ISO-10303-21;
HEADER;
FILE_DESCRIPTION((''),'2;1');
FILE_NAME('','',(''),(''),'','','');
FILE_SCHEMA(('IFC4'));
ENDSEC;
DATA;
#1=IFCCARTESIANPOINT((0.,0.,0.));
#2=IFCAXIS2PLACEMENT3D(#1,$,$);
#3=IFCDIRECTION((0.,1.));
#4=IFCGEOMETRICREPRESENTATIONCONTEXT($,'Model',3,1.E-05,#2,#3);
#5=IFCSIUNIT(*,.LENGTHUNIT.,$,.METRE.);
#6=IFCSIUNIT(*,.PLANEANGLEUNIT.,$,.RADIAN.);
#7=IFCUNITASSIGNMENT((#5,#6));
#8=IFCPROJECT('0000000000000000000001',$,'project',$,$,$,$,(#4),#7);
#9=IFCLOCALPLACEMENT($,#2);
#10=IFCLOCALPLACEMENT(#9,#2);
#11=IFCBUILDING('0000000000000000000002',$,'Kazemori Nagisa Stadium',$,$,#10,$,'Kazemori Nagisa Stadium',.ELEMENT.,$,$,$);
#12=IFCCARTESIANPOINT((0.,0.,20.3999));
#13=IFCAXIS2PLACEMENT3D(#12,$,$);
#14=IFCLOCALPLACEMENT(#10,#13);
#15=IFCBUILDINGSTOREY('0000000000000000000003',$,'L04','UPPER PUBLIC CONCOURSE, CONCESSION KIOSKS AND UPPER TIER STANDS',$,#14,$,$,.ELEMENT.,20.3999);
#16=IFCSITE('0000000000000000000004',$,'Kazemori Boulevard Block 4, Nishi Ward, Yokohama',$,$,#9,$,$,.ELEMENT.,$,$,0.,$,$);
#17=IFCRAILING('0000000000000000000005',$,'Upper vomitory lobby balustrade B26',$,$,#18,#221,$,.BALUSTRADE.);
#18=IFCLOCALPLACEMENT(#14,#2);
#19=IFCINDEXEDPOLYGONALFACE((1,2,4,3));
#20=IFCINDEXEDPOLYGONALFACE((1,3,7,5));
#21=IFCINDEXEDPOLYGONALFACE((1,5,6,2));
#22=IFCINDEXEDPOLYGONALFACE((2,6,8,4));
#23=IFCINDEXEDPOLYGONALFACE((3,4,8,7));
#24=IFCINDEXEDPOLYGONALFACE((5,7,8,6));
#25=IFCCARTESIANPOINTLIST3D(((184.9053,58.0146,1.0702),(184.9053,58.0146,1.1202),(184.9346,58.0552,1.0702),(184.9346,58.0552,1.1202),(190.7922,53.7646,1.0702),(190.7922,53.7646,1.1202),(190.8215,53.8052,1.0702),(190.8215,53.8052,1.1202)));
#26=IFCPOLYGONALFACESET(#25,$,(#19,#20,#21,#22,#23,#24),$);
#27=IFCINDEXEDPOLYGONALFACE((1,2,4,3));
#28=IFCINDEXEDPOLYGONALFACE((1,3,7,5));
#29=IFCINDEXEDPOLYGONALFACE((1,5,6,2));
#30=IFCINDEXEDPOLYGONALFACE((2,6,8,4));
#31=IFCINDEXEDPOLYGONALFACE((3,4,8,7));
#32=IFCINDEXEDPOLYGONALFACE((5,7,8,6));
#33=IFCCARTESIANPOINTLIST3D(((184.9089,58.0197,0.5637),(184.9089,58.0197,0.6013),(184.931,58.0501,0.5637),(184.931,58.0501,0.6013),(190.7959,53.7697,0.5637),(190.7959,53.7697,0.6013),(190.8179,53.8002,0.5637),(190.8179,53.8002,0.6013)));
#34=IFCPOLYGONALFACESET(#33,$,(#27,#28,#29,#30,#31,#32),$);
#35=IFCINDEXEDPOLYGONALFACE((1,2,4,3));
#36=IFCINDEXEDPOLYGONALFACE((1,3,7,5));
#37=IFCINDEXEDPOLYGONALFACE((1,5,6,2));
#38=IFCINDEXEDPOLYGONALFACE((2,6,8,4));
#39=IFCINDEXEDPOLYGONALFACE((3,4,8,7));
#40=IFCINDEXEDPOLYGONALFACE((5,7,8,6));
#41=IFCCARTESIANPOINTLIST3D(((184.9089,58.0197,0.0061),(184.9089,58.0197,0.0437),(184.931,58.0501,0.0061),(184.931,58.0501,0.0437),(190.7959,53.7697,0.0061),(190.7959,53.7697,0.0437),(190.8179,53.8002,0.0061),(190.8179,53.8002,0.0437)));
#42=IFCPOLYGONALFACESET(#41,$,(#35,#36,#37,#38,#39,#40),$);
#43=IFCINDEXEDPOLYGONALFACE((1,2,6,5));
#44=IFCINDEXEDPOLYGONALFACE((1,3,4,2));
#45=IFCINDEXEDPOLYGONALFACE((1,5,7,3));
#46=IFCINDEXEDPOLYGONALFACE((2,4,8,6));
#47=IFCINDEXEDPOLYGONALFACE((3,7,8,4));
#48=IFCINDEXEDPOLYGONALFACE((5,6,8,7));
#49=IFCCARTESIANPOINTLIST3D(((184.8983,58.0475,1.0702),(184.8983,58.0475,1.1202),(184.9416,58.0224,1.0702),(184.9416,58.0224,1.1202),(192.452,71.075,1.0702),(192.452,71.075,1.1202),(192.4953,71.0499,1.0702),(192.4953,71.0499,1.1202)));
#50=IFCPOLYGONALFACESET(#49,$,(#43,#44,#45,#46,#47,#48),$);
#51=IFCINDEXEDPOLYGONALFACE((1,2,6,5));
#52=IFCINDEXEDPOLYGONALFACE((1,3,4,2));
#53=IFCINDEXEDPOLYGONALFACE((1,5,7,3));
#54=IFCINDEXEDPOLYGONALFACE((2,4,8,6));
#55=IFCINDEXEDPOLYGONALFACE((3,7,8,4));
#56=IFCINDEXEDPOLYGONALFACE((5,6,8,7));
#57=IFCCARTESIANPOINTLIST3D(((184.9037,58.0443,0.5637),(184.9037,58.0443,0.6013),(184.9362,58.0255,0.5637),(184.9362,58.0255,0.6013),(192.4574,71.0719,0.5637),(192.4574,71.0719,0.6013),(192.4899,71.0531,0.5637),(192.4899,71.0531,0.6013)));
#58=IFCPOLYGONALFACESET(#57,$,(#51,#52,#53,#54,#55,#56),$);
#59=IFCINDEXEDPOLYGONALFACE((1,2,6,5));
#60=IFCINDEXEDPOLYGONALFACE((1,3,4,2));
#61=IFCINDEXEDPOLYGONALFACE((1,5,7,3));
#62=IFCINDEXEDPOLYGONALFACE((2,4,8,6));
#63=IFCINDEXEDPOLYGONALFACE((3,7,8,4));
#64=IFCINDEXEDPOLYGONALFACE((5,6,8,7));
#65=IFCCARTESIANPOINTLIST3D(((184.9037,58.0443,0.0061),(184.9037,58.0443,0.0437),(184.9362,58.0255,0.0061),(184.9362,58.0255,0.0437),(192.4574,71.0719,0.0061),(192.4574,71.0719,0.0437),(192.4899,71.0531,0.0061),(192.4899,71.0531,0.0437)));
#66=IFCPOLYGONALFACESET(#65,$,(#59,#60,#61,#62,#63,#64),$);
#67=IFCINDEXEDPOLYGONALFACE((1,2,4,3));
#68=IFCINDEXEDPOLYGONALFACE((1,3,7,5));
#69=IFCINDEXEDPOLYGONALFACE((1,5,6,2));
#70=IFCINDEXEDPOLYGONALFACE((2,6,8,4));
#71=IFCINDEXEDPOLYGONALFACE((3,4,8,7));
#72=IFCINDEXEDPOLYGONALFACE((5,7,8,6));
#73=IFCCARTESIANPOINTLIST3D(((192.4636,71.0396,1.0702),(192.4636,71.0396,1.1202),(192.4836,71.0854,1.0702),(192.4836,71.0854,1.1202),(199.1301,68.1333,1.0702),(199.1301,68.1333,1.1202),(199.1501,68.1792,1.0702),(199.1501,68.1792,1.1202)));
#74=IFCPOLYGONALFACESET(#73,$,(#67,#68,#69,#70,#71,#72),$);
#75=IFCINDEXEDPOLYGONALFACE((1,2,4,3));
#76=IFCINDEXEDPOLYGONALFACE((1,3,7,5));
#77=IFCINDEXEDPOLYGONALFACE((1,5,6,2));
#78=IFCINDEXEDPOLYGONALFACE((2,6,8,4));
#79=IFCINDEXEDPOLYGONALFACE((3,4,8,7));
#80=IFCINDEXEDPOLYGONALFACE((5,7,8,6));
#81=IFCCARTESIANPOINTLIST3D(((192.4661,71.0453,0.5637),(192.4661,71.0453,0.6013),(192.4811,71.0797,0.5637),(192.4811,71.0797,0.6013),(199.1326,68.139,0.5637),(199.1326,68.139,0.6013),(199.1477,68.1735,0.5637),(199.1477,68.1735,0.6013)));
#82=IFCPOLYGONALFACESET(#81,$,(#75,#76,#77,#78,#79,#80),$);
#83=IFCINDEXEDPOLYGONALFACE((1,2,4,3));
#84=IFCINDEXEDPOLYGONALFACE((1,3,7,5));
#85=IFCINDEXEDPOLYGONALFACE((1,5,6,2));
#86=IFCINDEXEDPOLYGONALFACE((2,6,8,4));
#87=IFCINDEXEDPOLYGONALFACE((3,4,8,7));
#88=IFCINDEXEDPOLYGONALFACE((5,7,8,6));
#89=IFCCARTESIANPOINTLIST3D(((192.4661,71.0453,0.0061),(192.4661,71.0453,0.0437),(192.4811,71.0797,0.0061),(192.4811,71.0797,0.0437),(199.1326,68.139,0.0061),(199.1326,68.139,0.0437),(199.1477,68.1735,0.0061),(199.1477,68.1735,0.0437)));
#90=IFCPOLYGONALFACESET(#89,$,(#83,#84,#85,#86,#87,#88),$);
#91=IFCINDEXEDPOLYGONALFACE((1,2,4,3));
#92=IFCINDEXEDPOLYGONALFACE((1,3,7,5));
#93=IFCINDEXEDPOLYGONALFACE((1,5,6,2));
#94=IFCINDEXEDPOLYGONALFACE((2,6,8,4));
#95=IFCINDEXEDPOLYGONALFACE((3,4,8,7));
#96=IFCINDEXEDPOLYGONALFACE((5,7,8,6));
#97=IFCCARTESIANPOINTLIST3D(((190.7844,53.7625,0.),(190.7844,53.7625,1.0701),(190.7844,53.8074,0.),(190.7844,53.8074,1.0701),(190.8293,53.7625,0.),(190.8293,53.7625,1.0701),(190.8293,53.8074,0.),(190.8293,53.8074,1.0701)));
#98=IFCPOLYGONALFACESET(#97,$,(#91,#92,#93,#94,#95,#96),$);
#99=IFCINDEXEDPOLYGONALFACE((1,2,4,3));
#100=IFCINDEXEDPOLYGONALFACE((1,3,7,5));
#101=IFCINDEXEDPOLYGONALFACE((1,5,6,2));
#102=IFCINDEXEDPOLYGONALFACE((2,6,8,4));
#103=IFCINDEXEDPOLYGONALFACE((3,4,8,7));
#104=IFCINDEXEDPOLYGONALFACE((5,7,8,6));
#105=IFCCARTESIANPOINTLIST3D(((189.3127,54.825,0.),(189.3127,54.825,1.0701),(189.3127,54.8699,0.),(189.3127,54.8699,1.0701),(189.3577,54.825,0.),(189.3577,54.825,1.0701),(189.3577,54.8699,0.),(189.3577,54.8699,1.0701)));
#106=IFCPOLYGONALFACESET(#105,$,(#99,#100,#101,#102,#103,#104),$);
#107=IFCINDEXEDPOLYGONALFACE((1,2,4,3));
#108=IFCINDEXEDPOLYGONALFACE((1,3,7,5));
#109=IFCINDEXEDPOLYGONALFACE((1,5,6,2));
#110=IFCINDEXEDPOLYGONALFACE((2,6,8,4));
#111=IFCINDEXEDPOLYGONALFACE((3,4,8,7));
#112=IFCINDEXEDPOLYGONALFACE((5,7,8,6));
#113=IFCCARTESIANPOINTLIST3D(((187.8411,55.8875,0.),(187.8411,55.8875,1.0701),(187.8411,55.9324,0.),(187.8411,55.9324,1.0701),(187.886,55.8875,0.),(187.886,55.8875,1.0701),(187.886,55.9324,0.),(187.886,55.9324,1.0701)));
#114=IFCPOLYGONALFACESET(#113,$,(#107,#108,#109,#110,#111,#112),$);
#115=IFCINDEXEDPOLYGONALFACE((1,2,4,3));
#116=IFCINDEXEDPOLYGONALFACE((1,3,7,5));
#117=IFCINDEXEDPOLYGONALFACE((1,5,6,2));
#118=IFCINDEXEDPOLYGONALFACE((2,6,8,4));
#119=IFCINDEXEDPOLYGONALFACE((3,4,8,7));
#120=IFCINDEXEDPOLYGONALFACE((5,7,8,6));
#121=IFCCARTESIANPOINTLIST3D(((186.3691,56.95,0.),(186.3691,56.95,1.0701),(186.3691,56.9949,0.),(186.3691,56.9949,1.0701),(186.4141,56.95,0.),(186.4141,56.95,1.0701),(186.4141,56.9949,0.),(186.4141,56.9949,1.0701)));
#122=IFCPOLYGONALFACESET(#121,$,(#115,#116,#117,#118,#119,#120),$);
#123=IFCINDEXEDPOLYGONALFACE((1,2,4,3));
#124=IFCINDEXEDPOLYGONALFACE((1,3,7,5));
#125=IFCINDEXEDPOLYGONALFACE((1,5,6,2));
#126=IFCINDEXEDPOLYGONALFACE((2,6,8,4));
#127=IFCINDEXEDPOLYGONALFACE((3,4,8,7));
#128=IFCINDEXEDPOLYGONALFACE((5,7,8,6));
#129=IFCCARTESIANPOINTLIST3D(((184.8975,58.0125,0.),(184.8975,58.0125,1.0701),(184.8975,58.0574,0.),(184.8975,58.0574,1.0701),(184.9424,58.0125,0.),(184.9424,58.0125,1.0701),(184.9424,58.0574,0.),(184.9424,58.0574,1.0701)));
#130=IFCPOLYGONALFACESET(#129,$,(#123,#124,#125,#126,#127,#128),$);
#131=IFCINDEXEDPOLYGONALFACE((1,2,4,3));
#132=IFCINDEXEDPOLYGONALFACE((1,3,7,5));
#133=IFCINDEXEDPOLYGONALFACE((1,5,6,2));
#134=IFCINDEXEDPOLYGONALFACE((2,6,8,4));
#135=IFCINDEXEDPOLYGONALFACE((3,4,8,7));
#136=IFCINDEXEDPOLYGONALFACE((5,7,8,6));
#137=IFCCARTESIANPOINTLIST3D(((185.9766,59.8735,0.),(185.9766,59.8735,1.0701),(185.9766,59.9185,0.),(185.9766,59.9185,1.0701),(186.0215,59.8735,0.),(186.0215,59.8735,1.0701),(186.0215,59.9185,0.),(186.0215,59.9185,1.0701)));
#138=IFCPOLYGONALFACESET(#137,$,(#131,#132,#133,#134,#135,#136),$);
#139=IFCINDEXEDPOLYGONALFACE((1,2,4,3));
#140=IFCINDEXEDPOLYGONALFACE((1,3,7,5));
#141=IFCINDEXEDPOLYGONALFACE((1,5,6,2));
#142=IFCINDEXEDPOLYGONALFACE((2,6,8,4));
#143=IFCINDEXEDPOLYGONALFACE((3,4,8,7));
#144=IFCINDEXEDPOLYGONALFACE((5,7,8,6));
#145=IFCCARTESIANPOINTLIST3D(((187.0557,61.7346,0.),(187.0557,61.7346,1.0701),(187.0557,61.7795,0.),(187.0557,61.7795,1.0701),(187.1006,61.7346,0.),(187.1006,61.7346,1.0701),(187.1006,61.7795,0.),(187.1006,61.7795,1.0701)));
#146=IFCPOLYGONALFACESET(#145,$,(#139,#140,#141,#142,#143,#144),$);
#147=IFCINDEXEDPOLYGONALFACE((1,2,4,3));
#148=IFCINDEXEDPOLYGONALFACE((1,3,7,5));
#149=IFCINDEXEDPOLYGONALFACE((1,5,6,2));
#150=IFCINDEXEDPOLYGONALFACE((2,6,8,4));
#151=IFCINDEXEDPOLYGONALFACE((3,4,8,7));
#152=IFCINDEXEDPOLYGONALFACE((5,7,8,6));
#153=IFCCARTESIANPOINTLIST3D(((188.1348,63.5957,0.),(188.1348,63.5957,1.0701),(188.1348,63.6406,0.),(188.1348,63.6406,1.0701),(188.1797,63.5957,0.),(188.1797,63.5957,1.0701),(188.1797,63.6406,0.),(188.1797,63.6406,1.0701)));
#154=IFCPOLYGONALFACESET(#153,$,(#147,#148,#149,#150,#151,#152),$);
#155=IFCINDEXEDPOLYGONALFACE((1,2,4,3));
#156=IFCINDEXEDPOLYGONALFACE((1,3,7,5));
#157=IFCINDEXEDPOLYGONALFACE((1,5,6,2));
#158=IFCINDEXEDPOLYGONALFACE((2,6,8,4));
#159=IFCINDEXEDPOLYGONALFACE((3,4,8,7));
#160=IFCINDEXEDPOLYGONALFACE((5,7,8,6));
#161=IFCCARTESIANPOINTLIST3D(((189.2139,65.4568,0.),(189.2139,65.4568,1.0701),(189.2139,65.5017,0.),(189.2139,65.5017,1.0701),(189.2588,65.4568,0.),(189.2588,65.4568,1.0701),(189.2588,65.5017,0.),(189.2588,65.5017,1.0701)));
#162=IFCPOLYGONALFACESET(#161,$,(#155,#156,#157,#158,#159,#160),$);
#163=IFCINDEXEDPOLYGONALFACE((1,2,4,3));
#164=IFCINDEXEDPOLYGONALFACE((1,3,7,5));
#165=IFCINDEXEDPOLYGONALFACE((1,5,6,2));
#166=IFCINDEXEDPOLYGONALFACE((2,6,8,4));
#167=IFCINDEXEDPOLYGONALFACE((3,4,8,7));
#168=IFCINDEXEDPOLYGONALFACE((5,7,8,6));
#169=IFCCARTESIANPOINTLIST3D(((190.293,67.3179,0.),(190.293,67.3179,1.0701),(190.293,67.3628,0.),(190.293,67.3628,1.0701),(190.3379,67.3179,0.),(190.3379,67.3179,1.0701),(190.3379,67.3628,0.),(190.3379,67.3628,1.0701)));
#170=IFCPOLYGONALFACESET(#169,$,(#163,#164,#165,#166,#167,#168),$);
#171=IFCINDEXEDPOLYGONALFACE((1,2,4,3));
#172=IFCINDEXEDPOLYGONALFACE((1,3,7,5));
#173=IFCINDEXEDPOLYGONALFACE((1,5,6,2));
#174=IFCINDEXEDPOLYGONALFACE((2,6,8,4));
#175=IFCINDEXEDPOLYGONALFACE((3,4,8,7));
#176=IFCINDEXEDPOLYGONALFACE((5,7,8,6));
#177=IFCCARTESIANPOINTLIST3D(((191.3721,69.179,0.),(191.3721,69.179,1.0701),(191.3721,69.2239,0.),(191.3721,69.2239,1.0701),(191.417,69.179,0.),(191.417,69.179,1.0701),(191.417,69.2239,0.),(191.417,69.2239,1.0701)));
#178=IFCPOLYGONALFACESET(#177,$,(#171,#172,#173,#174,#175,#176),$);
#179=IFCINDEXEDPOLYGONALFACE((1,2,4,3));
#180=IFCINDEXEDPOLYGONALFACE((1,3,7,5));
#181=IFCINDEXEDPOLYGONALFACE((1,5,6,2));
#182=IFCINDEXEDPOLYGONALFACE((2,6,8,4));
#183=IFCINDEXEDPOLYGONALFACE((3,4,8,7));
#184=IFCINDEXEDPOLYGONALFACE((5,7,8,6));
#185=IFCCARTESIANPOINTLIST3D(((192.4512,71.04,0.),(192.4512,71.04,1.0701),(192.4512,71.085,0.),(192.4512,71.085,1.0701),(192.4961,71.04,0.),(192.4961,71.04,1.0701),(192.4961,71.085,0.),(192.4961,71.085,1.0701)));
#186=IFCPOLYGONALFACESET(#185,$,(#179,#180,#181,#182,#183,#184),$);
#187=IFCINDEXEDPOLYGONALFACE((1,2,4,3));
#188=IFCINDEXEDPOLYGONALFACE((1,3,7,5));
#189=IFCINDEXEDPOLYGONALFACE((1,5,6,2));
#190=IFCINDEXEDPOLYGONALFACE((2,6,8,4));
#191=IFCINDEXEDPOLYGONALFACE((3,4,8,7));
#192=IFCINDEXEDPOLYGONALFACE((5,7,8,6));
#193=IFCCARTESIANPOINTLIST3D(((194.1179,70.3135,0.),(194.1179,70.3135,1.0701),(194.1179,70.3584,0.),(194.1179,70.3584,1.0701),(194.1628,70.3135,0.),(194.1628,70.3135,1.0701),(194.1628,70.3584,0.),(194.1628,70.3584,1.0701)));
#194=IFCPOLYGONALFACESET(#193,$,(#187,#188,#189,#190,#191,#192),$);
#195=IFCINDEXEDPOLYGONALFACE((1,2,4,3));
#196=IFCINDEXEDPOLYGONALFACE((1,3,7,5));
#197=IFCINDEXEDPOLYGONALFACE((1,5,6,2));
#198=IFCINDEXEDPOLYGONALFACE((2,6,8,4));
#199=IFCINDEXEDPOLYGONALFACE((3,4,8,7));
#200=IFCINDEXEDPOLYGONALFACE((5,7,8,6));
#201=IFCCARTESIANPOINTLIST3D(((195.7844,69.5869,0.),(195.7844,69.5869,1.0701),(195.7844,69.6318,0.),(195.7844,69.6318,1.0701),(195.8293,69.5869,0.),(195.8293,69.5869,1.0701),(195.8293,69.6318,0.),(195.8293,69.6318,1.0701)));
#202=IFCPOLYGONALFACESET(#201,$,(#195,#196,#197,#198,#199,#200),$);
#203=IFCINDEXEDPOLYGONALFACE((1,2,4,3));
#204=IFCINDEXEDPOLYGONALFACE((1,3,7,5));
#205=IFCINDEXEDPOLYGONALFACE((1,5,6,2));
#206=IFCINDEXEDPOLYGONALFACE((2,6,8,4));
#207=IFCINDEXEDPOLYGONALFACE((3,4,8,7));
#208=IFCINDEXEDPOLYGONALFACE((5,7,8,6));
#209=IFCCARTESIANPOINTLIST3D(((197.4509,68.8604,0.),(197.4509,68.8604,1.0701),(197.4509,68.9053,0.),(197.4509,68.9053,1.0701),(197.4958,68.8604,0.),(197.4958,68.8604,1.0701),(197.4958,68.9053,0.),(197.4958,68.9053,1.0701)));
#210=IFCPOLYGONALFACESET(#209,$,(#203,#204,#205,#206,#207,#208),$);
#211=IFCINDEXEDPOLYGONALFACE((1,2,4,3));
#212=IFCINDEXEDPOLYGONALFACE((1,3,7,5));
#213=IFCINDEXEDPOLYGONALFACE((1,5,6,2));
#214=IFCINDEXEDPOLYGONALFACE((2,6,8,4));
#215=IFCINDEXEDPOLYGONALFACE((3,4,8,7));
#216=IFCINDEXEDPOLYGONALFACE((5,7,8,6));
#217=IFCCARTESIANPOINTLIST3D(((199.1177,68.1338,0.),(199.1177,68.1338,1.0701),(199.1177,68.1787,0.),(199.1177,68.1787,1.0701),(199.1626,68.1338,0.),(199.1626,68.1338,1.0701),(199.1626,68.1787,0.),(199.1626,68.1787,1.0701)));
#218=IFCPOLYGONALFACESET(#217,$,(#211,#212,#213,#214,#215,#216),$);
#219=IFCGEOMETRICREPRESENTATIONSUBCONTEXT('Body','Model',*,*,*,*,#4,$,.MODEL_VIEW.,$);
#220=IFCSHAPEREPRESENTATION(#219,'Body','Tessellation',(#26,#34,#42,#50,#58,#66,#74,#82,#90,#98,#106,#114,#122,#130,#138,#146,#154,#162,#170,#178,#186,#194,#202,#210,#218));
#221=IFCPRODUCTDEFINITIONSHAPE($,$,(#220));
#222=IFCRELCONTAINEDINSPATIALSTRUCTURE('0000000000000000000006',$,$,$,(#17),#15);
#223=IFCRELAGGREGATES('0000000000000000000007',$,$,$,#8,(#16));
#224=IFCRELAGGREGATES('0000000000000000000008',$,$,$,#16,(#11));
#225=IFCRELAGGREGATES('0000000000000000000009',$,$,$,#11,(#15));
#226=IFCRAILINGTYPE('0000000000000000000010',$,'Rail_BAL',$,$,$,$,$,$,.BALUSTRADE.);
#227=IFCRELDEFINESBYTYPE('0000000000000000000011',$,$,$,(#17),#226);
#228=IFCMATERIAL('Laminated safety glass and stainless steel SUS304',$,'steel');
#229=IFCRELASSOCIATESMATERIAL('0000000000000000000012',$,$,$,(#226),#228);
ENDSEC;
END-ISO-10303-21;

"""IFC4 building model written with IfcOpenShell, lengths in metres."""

from ifc_helpers import new_model, si_unit, direction, frame, origin, origin_2d, place, context, subcontext, project, spatial, rectangle, extrude, material, type_object, element, save


model = new_model("IFC4")

# Units and contexts
model_context = context("Model", 3, precision=1e-05, world=origin(), true_north=direction((0.0, 1.0)))
body_context = subcontext(model_context, "Body", "Model", "MODEL_VIEW")
ifc_project = project(units=[si_unit("LENGTHUNIT", "METRE"), si_unit("PLANEANGLEUNIT", "RADIAN")], contexts=[model_context])

# Site, building, storey
site_placement = place(None, origin())
site = spatial("IfcSite", under=ifc_project, at=site_placement, Name="Kazemori Boulevard Block 4, Nishi Ward, Yokohama", CompositionType="ELEMENT", RefElevation=0.0)
building_placement = place(site_placement, origin())
building = spatial("IfcBuilding", under=site, at=building_placement, Name="Kazemori Nagisa Stadium", LongName="Kazemori Nagisa Stadium", CompositionType="ELEMENT")
storey_placement = place(building_placement, frame((0.0, 0.0, 20.3999)))
storey = spatial("IfcBuildingStorey", under=building, at=storey_placement, Name="L04", Description="UPPER PUBLIC CONCOURSE, CONCESSION KIOSKS AND UPPER TIER STANDS", CompositionType="ELEMENT", Elevation=20.3999)

# Railing
ifc_material_1 = material(Name="Laminated safety glass and stainless steel SUS304", Category="steel")
railing_type_1 = type_object("IfcRailingType", Name="Rail_BAL", PredefinedType="BALUSTRADE", material=ifc_material_1)
railing_1_placement = place(storey_placement, frame((190.8069, 53.7849, 0.0)))
element("IfcRailing", 1, at=railing_1_placement, inside=storey, type_object=railing_type_1, Name="Upper vomitory lobby balustrade B26", PredefinedType="BALUSTRADE", context=body_context, shape_type="SweptSolid", body=[
    extrude(rectangle(XDim=0.05, YDim=0.05, at=origin_2d()), frame((0.0, 0.0, 1.0952), z_axis=(-0.81079, 0.585337, 0.0), x_axis=(-0.585337, -0.81079, 0.0)), (0.0, 0.0, 1.0), 7.2607),
    extrude(rectangle(XDim=0.0376, YDim=0.0376, at=origin_2d()), frame((0.0, 0.0, 0.5825), z_axis=(-0.81079, 0.585337, 0.0), x_axis=(-0.585337, -0.81079, 0.0)), (0.0, 0.0, 1.0), 7.2607),
    extrude(rectangle(XDim=0.0376, YDim=0.0376, at=origin_2d()), frame((0.0, 0.0, 0.0249), z_axis=(-0.81079, 0.585337, 0.0), x_axis=(-0.585337, -0.81079, 0.0)), (0.0, 0.0, 1.0), 7.2607),
    extrude(rectangle(XDim=0.05, YDim=0.05, at=origin_2d()), frame((-5.887, 4.25, 1.0952), z_axis=(0.501604, 0.865097, 0.0), x_axis=(-0.865097, 0.501604, 0.0)), (0.0, 0.0, 1.0), 15.0591),
    extrude(rectangle(XDim=0.0376, YDim=0.0376, at=origin_2d()), frame((-5.887, 4.25, 0.5825), z_axis=(0.501604, 0.865097, 0.0), x_axis=(-0.865097, 0.501604, 0.0)), (0.0, 0.0, 1.0), 15.0591),
    extrude(rectangle(XDim=0.0376, YDim=0.0376, at=origin_2d()), frame((-5.887, 4.25, 0.0249), z_axis=(0.501604, 0.865097, 0.0), x_axis=(-0.865097, 0.501604, 0.0)), (0.0, 0.0, 1.0), 15.0591),
    extrude(rectangle(XDim=0.05, YDim=0.05, at=origin_2d()), frame((1.6667, 17.2776, 1.0952), z_axis=(0.916679, -0.399624, 0.0), x_axis=(0.399624, 0.916679, 0.0)), (0.0, 0.0, 1.0), 7.2725),
    extrude(rectangle(XDim=0.0376, YDim=0.0376, at=origin_2d()), frame((1.6667, 17.2776, 0.5825), z_axis=(0.916679, -0.399624, 0.0), x_axis=(0.399624, 0.916679, 0.0)), (0.0, 0.0, 1.0), 7.2725),
    extrude(rectangle(XDim=0.0376, YDim=0.0376, at=origin_2d()), frame((1.6667, 17.2776, 0.0249), z_axis=(0.916679, -0.399624, 0.0), x_axis=(0.399624, 0.916679, 0.0)), (0.0, 0.0, 1.0), 7.2725),
    extrude(rectangle(XDim=0.0449, YDim=0.0449, at=origin_2d()), origin(), (0.0, 0.0, 1.0), 1.0701),
    extrude(rectangle(XDim=0.0449, YDim=0.0449, at=origin_2d()), frame((-1.4717, 1.0625, 0.0)), (0.0, 0.0, 1.0), 1.0701),
    extrude(rectangle(XDim=0.0449, YDim=0.0449, at=origin_2d()), frame((-2.9434, 2.125, 0.0)), (0.0, 0.0, 1.0), 1.0701),
    extrude(rectangle(XDim=0.0449, YDim=0.0449, at=origin_2d()), frame((-4.4153, 3.1875, 0.0)), (0.0, 0.0, 1.0), 1.0701),
    extrude(rectangle(XDim=0.0449, YDim=0.0449, at=origin_2d()), frame((-5.887, 4.25, 0.0)), (0.0, 0.0, 1.0), 1.0701),
    extrude(rectangle(XDim=0.0449, YDim=0.0449, at=origin_2d()), frame((-4.8079, 6.1111, 0.0)), (0.0, 0.0, 1.0), 1.0701),
    extrude(rectangle(XDim=0.0449, YDim=0.0449, at=origin_2d()), frame((-3.7288, 7.9722, 0.0)), (0.0, 0.0, 1.0), 1.0701),
    extrude(rectangle(XDim=0.0449, YDim=0.0449, at=origin_2d()), frame((-2.6497, 9.8333, 0.0)), (0.0, 0.0, 1.0), 1.0701),
    extrude(rectangle(XDim=0.0449, YDim=0.0449, at=origin_2d()), frame((-1.5706, 11.6943, 0.0)), (0.0, 0.0, 1.0), 1.0701),
    extrude(rectangle(XDim=0.0449, YDim=0.0449, at=origin_2d()), frame((-0.4915, 13.5554, 0.0)), (0.0, 0.0, 1.0), 1.0701),
    extrude(rectangle(XDim=0.0449, YDim=0.0449, at=origin_2d()), frame((0.5876, 15.4165, 0.0)), (0.0, 0.0, 1.0), 1.0701),
    extrude(rectangle(XDim=0.0449, YDim=0.0449, at=origin_2d()), frame((1.6667, 17.2776, 0.0)), (0.0, 0.0, 1.0), 1.0701),
    extrude(rectangle(XDim=0.0449, YDim=0.0449, at=origin_2d()), frame((3.3335, 16.551, 0.0)), (0.0, 0.0, 1.0), 1.0701),
    extrude(rectangle(XDim=0.0449, YDim=0.0449, at=origin_2d()), frame((5.0, 15.8245, 0.0)), (0.0, 0.0, 1.0), 1.0701),
    extrude(rectangle(XDim=0.0449, YDim=0.0449, at=origin_2d()), frame((6.6665, 15.0979, 0.0)), (0.0, 0.0, 1.0), 1.0701),
    extrude(rectangle(XDim=0.0449, YDim=0.0449, at=origin_2d()), frame((8.3333, 14.3713, 0.0)), (0.0, 0.0, 1.0), 1.0701),
])

save(model, "model.ifc")
